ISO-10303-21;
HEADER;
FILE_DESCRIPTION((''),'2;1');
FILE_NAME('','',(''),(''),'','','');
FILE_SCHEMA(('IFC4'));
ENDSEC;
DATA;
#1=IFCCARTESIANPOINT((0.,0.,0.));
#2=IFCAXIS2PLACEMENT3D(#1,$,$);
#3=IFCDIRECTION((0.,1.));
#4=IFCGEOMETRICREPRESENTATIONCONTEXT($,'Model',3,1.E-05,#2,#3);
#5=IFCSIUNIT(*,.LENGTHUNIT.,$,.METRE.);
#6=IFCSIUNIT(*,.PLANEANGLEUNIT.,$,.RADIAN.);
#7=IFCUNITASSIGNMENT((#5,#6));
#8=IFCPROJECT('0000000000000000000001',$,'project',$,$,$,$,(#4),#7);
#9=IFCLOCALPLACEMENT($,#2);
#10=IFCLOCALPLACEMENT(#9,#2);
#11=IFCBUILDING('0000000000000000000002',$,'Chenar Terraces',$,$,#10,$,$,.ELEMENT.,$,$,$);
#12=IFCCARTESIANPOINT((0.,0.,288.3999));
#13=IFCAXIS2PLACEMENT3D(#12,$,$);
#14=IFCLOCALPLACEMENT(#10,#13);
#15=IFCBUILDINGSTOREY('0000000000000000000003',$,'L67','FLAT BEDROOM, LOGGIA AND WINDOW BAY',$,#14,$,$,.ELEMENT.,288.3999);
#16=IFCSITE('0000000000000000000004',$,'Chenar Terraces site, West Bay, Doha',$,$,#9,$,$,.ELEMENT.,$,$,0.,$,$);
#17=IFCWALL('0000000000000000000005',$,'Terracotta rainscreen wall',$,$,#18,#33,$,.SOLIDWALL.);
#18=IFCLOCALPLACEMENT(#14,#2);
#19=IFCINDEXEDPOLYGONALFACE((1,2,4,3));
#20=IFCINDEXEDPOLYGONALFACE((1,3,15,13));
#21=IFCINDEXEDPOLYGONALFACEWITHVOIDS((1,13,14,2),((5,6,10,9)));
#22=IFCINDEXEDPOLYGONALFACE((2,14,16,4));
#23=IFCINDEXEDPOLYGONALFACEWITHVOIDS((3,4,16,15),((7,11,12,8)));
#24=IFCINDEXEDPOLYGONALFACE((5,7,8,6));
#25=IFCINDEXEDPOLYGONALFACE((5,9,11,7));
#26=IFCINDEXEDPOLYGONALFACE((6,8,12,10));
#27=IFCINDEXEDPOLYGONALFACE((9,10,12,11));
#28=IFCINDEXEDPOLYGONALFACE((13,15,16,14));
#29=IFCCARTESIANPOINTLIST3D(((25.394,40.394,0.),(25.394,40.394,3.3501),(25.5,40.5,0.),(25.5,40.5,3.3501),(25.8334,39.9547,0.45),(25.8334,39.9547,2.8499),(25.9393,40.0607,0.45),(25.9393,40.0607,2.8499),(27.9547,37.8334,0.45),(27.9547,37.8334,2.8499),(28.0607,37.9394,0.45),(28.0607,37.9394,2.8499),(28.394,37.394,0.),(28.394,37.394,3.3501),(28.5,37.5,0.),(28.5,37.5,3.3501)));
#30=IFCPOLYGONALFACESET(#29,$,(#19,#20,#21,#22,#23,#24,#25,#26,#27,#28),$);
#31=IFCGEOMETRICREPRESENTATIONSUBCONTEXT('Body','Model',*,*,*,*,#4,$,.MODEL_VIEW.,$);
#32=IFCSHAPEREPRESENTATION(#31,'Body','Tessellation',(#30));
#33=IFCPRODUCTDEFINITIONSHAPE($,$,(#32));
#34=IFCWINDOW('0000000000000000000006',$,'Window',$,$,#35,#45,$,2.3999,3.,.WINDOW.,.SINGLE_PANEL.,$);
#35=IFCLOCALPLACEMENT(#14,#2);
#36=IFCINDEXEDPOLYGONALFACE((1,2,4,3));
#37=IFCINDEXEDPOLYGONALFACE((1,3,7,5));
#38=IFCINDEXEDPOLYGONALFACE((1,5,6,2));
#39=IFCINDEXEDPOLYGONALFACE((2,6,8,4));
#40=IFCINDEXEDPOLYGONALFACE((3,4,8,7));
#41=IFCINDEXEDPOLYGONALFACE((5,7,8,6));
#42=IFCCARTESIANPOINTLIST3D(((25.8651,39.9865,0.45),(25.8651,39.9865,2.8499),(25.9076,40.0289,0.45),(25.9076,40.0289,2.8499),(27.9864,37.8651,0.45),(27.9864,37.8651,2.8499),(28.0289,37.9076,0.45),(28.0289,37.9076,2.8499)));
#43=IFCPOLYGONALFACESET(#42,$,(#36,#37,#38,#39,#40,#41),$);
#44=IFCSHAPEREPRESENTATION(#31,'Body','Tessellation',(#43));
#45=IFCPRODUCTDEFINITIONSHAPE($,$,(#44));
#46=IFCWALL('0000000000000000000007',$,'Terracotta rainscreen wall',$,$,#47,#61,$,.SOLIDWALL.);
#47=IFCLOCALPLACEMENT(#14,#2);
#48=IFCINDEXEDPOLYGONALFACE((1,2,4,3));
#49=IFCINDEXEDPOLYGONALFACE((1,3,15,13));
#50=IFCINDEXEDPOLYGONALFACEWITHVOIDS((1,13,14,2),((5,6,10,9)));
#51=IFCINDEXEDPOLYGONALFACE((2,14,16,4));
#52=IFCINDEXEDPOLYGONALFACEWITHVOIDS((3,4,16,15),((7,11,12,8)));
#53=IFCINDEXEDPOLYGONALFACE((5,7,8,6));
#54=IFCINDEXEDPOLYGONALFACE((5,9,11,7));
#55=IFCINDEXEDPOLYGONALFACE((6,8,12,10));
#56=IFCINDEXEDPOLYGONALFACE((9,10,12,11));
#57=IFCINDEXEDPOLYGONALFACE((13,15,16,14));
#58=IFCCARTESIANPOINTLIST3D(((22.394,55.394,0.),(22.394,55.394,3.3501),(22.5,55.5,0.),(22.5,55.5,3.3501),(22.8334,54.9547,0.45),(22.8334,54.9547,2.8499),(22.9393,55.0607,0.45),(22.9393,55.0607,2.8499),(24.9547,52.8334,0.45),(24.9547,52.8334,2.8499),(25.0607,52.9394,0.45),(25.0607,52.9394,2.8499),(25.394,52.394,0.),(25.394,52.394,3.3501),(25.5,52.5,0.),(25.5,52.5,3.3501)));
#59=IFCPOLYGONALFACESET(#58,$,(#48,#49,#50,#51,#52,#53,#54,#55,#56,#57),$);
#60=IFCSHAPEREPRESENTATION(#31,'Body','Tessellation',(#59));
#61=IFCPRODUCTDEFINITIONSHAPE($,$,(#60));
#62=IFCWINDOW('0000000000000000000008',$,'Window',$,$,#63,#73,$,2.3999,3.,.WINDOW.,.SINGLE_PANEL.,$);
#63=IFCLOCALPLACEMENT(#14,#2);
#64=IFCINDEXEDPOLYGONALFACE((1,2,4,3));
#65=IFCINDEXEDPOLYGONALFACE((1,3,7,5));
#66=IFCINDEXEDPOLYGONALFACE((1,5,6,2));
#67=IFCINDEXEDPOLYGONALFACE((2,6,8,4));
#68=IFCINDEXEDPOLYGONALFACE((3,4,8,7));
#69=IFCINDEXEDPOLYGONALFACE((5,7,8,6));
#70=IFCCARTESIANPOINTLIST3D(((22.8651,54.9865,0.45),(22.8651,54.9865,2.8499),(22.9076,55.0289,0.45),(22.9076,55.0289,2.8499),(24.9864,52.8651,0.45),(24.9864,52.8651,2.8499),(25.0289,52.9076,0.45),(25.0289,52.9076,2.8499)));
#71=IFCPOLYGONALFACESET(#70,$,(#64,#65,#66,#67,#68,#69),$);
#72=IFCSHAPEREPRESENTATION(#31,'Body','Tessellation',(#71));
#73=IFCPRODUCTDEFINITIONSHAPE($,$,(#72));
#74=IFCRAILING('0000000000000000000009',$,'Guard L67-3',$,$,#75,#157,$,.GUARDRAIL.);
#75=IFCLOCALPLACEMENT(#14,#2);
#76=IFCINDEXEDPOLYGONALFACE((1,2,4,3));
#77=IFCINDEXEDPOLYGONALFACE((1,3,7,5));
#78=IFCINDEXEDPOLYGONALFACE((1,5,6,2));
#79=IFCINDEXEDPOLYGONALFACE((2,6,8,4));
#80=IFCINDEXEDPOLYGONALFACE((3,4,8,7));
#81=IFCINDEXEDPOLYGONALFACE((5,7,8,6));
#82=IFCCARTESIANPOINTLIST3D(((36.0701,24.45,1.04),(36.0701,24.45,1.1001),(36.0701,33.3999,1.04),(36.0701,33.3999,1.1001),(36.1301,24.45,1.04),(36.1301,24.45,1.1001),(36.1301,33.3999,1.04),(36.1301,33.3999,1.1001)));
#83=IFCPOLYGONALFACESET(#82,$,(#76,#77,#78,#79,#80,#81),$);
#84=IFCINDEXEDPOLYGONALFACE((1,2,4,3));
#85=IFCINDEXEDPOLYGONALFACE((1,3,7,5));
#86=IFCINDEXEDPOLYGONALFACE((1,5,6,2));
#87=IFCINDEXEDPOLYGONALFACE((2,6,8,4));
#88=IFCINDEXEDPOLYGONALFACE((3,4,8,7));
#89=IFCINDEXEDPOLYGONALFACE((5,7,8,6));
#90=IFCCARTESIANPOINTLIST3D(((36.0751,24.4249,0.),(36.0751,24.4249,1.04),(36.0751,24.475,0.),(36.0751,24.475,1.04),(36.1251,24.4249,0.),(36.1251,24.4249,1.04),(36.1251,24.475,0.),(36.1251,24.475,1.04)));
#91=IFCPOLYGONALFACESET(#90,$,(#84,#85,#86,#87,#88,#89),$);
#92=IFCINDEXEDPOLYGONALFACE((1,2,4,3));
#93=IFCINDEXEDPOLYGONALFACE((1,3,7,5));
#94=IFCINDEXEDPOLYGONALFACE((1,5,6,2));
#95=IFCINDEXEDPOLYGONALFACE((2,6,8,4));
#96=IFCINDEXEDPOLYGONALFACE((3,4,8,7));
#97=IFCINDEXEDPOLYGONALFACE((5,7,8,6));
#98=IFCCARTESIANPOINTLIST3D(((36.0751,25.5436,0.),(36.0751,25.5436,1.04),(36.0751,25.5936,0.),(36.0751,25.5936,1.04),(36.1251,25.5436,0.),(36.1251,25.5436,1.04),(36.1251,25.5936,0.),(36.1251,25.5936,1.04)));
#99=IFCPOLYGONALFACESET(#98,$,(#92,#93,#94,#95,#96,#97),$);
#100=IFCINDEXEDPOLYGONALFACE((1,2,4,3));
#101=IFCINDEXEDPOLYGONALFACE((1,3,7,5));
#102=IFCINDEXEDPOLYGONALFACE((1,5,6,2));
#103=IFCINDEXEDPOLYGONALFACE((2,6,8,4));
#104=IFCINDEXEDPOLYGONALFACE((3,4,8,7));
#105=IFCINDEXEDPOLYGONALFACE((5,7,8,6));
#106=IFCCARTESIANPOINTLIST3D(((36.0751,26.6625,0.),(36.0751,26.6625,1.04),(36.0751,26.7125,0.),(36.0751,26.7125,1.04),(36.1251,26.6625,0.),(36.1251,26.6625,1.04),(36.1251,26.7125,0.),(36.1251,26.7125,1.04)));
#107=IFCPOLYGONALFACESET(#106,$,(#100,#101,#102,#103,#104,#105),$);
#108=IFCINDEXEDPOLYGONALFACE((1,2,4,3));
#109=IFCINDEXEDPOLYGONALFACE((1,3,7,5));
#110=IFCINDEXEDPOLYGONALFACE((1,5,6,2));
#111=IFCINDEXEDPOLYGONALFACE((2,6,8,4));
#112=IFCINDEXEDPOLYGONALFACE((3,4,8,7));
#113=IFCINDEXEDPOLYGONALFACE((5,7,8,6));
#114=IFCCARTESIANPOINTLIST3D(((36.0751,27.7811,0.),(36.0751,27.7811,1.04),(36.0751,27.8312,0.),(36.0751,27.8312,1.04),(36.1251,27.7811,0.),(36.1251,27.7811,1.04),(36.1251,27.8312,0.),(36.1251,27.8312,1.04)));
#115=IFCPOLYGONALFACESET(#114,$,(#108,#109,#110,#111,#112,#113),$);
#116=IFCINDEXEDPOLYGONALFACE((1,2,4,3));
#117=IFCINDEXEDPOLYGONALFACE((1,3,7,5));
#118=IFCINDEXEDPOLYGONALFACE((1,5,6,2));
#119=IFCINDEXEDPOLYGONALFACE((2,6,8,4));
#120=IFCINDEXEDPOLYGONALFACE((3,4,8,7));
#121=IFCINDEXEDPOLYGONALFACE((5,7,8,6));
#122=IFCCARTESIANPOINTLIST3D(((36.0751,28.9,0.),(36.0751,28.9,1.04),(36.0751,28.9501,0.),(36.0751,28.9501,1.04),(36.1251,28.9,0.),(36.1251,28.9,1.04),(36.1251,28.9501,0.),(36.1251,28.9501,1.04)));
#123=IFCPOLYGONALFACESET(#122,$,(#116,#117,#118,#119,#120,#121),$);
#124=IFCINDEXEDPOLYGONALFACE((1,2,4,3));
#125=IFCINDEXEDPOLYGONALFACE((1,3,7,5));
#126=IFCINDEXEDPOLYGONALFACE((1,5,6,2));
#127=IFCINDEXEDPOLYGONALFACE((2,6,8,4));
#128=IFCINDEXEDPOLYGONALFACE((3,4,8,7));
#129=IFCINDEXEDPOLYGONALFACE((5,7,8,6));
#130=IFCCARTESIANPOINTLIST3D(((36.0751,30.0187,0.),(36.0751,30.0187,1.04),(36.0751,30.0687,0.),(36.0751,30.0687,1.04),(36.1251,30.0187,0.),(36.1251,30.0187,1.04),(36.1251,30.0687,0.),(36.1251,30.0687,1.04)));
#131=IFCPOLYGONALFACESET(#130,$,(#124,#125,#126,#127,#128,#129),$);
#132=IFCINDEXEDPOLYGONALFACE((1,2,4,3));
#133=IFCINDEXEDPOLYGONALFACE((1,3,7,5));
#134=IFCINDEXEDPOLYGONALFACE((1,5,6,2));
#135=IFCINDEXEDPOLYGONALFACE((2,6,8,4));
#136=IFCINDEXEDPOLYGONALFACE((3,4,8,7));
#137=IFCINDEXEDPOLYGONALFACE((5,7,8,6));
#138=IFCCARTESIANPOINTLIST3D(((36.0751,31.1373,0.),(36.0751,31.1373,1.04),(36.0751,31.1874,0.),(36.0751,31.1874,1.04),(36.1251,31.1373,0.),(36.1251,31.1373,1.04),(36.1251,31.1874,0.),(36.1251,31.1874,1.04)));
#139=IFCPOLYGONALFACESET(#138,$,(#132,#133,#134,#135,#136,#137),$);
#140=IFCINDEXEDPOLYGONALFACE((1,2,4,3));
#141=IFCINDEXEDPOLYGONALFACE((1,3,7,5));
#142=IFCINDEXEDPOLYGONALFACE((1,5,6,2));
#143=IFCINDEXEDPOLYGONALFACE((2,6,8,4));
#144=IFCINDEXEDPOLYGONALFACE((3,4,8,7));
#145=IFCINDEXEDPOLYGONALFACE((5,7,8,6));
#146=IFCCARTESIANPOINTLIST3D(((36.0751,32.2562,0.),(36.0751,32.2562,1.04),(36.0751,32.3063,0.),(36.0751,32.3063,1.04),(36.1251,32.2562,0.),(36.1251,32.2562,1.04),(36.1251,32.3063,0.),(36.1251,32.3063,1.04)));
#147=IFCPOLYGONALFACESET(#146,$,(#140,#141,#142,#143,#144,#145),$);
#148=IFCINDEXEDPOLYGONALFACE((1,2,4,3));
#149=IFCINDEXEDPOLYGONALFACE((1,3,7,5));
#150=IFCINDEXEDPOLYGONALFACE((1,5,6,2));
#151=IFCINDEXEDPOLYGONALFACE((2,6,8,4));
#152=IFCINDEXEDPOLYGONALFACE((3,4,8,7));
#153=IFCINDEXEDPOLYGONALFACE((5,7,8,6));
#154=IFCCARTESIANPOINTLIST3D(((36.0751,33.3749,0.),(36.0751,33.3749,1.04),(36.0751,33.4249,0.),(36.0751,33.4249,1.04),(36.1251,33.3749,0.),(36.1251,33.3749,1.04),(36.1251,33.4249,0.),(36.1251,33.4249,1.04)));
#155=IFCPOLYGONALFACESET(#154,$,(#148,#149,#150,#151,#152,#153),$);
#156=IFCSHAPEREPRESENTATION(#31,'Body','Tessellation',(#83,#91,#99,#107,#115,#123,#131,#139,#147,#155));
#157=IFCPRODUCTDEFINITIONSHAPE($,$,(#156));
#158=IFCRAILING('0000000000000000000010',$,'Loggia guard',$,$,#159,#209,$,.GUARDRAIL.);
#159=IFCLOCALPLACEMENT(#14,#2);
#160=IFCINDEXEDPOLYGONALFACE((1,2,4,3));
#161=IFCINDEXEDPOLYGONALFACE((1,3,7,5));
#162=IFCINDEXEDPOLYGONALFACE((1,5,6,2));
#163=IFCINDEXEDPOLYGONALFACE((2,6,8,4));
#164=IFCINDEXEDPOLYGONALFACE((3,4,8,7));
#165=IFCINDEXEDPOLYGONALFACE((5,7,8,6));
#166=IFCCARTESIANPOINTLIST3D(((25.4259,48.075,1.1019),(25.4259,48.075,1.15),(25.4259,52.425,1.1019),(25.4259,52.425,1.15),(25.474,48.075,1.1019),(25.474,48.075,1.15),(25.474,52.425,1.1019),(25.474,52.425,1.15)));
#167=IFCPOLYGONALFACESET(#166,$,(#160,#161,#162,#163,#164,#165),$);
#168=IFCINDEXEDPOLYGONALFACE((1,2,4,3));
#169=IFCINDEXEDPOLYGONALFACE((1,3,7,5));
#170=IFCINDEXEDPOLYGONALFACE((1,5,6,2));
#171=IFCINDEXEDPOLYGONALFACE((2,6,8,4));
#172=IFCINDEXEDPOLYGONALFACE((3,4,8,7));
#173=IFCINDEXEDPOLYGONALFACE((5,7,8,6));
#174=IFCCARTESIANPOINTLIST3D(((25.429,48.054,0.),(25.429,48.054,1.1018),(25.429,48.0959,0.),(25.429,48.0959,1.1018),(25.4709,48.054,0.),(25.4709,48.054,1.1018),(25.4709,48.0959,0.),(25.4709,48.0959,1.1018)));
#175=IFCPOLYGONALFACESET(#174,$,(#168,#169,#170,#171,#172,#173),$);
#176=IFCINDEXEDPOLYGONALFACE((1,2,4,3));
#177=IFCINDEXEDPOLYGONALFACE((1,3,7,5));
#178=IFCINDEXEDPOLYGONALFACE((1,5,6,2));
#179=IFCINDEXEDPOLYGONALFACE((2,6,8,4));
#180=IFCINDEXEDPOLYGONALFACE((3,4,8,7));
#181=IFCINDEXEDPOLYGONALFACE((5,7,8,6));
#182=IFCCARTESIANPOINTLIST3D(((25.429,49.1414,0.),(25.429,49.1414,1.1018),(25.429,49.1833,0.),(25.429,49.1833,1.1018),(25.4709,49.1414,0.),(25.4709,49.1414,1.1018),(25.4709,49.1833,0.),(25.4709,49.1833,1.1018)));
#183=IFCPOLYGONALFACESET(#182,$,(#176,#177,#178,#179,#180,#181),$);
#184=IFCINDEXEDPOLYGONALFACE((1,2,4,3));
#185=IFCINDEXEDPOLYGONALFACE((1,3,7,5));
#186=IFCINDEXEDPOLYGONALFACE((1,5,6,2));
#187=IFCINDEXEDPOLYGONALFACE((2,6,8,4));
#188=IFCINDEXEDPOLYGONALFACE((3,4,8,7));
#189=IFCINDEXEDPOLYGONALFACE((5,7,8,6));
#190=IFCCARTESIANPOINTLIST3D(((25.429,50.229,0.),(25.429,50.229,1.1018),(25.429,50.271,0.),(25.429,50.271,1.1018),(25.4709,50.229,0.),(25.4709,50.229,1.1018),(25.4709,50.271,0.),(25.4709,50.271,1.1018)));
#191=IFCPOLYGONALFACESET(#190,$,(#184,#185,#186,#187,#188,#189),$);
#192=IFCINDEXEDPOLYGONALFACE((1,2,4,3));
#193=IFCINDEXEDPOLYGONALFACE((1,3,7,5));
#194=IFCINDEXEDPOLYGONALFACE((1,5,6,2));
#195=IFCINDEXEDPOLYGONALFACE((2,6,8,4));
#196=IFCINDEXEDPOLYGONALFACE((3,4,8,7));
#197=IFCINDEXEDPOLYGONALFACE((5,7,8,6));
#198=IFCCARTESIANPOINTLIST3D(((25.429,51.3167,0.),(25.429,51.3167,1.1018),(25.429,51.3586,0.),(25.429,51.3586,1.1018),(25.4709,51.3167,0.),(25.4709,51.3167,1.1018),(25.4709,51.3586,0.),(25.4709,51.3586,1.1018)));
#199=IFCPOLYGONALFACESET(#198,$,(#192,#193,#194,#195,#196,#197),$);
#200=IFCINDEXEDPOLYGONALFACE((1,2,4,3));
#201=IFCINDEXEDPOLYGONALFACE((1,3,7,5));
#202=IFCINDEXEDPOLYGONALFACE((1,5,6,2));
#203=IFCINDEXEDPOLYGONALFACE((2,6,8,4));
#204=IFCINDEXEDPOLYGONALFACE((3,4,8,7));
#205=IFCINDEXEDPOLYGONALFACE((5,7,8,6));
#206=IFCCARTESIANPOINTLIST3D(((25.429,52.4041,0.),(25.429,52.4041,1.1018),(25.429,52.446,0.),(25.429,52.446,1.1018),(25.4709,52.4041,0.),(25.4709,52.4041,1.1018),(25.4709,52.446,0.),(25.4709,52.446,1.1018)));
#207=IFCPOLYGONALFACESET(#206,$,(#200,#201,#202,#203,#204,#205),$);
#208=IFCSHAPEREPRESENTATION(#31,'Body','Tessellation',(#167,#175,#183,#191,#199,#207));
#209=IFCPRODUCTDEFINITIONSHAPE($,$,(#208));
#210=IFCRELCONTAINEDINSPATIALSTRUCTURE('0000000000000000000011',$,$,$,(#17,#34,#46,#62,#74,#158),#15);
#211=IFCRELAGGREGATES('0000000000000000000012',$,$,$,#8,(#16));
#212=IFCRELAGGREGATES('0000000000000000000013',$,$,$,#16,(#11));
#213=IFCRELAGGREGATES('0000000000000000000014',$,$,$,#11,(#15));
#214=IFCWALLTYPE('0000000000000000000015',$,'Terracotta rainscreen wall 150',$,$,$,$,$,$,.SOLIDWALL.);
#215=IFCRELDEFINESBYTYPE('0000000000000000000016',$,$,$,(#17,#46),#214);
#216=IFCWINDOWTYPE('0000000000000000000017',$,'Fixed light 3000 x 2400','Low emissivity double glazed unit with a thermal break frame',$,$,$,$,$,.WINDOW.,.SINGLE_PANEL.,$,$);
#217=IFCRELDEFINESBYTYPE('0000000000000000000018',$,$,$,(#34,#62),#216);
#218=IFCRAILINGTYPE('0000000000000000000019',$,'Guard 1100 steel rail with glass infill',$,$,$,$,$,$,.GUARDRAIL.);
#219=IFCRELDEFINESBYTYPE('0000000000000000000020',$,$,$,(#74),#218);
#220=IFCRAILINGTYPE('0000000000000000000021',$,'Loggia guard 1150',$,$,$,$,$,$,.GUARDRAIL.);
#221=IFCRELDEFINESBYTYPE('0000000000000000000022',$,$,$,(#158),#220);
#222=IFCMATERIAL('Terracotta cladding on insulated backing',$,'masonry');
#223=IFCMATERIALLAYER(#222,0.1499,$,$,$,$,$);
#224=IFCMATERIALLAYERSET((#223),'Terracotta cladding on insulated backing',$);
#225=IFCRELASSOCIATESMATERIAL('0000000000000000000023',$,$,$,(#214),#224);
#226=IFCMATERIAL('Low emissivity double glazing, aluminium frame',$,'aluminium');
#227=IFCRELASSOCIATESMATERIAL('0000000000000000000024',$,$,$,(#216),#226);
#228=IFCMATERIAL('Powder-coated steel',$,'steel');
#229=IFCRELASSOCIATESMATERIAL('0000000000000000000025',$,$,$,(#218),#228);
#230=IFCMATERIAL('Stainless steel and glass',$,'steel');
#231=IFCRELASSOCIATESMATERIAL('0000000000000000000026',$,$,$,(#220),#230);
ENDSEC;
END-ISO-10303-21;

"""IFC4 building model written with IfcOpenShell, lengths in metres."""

from ifc_helpers import new_model, si_unit, direction, frame, frame_2d, origin, origin_2d, place, context, subcontext, project, spatial, rectangle, extrude, material, layer, layer_set, type_object, element, fill, save


model = new_model("IFC4")

# Units and contexts
model_context = context("Model", 3, precision=1e-05, world=origin(), true_north=direction((0.0, 1.0)))
body_context = subcontext(model_context, "Body", "Model", "MODEL_VIEW")
ifc_project = project(units=[si_unit("LENGTHUNIT", "METRE"), si_unit("PLANEANGLEUNIT", "RADIAN")], contexts=[model_context])

# Site, building, storey
site_placement = place(None, origin())
site = spatial("IfcSite", under=ifc_project, at=site_placement, Name="Chenar Terraces site, West Bay, Doha", CompositionType="ELEMENT", RefElevation=0.0)
building_placement = place(site_placement, origin())
building = spatial("IfcBuilding", under=site, at=building_placement, Name="Chenar Terraces", CompositionType="ELEMENT")
storey_placement = place(building_placement, frame((0.0, 0.0, 288.3999)))
storey = spatial("IfcBuildingStorey", under=building, at=storey_placement, Name="L67", Description="FLAT BEDROOM, LOGGIA AND WINDOW BAY", CompositionType="ELEMENT", Elevation=288.3999)

# Walls, openings, windows
ifc_material_1 = material(Name="Terracotta cladding on insulated backing", Category="masonry")
ifc_layer_1 = layer(ifc_material_1, 0.1499)
ifc_layer_set_1 = layer_set([ifc_layer_1], Name="Terracotta cladding on insulated backing")
wall_type_1 = type_object("IfcWallType", Name="Terracotta rainscreen wall 150", PredefinedType="SOLIDWALL", material=ifc_layer_set_1)
wall_1_placement = place(storey_placement, frame((28.447, 37.447, 0.0), z_axis=(0.0, 0.0, 1.0), x_axis=(-0.707107, 0.707107, 0.0)))
wall_1 = element("IfcWall", 1, at=wall_1_placement, inside=storey, type_object=wall_type_1, Name="Terracotta rainscreen wall", PredefinedType="SOLIDWALL", context=body_context, shape_type="SweptSolid", body=[
    extrude(rectangle(XDim=4.2427, YDim=0.1499, at=frame_2d((2.1213, 0.0))), origin(), (0.0, 0.0, 1.0), 3.3501),
])
opening_1_placement = place(wall_1_placement, frame((0.6213, 0.0, 0.45)))
opening_1 = element("IfcOpeningElement", 2, at=opening_1_placement, cuts=wall_1, PredefinedType="OPENING", context=body_context, shape_type="SweptSolid", body=[
    extrude(rectangle(XDim=3.0, YDim=2.3999, at=frame_2d((1.5, 1.2))), frame((0.0, 0.085, 0.0), z_axis=(0.0, -1.0, 0.0), x_axis=(1.0, 0.0, 0.0)), (0.0, 0.0, 1.0), 0.1699),
])
ifc_material_2 = material(Name="Low emissivity double glazing, aluminium frame", Category="aluminium")
window_type = type_object("IfcWindowType", Name="Fixed light 3000 x 2400", Description="Low emissivity double glazed unit with a thermal break frame", PartitioningType="SINGLE_PANEL", PredefinedType="WINDOW", material=ifc_material_2)
window_1_placement = place(opening_1_placement, origin())
window_1 = element("IfcWindow", 3, at=window_1_placement, inside=storey, type_object=window_type, Name="Window", OverallHeight=2.3999, OverallWidth=3.0, PartitioningType="SINGLE_PANEL", PredefinedType="WINDOW", context=body_context, shape_type="SweptSolid", body=[
    extrude(rectangle(XDim=3.0, YDim=2.3999, at=frame_2d((1.5, 1.2))), frame((0.0, 0.03, 0.0), z_axis=(0.0, -1.0, 0.0), x_axis=(1.0, 0.0, 0.0)), (0.0, 0.0, 1.0), 0.0601),
])
fill(opening_1, window_1)
wall_2_placement = place(storey_placement, frame((25.447, 52.447, 0.0), z_axis=(0.0, 0.0, 1.0), x_axis=(-0.707107, 0.707107, 0.0)))
wall_2 = element("IfcWall", 4, at=wall_2_placement, inside=storey, type_object=wall_type_1, Name="Terracotta rainscreen wall", PredefinedType="SOLIDWALL", context=body_context, shape_type="SweptSolid", body=[
    extrude(rectangle(XDim=4.2427, YDim=0.1499, at=frame_2d((2.1213, 0.0))), origin(), (0.0, 0.0, 1.0), 3.3501),
])
opening_2_placement = place(wall_2_placement, frame((0.6213, 0.0, 0.45)))
opening_2 = element("IfcOpeningElement", 5, at=opening_2_placement, cuts=wall_2, PredefinedType="OPENING", context=body_context, shape_type="SweptSolid", body=[
    extrude(rectangle(XDim=3.0, YDim=2.3999, at=frame_2d((1.5, 1.2))), frame((0.0, 0.085, 0.0), z_axis=(0.0, -1.0, 0.0), x_axis=(1.0, 0.0, 0.0)), (0.0, 0.0, 1.0), 0.1699),
])
window_2_placement = place(opening_2_placement, origin())
window_2 = element("IfcWindow", 6, at=window_2_placement, inside=storey, type_object=window_type, Name="Window", OverallHeight=2.3999, OverallWidth=3.0, PartitioningType="SINGLE_PANEL", PredefinedType="WINDOW", context=body_context, shape_type="SweptSolid", body=[
    extrude(rectangle(XDim=3.0, YDim=2.3999, at=frame_2d((1.5, 1.2))), frame((0.0, 0.03, 0.0), z_axis=(0.0, -1.0, 0.0), x_axis=(1.0, 0.0, 0.0)), (0.0, 0.0, 1.0), 0.0601),
])
fill(opening_2, window_2)

# Railings
ifc_material_3 = material(Name="Powder-coated steel", Category="steel")
railing_type_1 = type_object("IfcRailingType", Name="Guard 1100 steel rail with glass infill", PredefinedType="GUARDRAIL", material=ifc_material_3)
railing_1_placement = place(storey_placement, frame((36.1001, 24.45, 0.0)))
element("IfcRailing", 7, at=railing_1_placement, inside=storey, type_object=railing_type_1, Name="Guard L67-3", PredefinedType="GUARDRAIL", context=body_context, shape_type="SweptSolid", body=[
    extrude(rectangle(XDim=0.0601, YDim=0.0601, at=origin_2d()), frame((0.0, 0.0, 1.0701), z_axis=(0.0, 1.0, 0.0), x_axis=(-1.0, 0.0, 0.0)), (0.0, 0.0, 1.0), 8.95),
    extrude(rectangle(XDim=0.05, YDim=0.05, at=origin_2d()), origin(), (0.0, 0.0, 1.0), 1.04),
    extrude(rectangle(XDim=0.05, YDim=0.05, at=origin_2d()), frame((0.0, 1.1187, 0.0)), (0.0, 0.0, 1.0), 1.04),
    extrude(rectangle(XDim=0.05, YDim=0.05, at=origin_2d()), frame((0.0, 2.2375, 0.0)), (0.0, 0.0, 1.0), 1.04),
    extrude(rectangle(XDim=0.05, YDim=0.05, at=origin_2d()), frame((0.0, 3.3562, 0.0)), (0.0, 0.0, 1.0), 1.04),
    extrude(rectangle(XDim=0.05, YDim=0.05, at=origin_2d()), frame((0.0, 4.4751, 0.0)), (0.0, 0.0, 1.0), 1.04),
    extrude(rectangle(XDim=0.05, YDim=0.05, at=origin_2d()), frame((0.0, 5.5938, 0.0)), (0.0, 0.0, 1.0), 1.04),
    extrude(rectangle(XDim=0.05, YDim=0.05, at=origin_2d()), frame((0.0, 6.7124, 0.0)), (0.0, 0.0, 1.0), 1.04),
    extrude(rectangle(XDim=0.05, YDim=0.05, at=origin_2d()), frame((0.0, 7.8313, 0.0)), (0.0, 0.0, 1.0), 1.04),
    extrude(rectangle(XDim=0.05, YDim=0.05, at=origin_2d()), frame((0.0, 8.95, 0.0)), (0.0, 0.0, 1.0), 1.04),
])
ifc_material_4 = material(Name="Stainless steel and glass", Category="steel")
railing_type_2 = type_object("IfcRailingType", Name="Loggia guard 1150", PredefinedType="GUARDRAIL", material=ifc_material_4)
railing_2_placement = place(storey_placement, frame((25.45, 48.075, 0.0)))
element("IfcRailing", 8, at=railing_2_placement, inside=storey, type_object=railing_type_2, Name="Loggia guard", PredefinedType="GUARDRAIL", context=body_context, shape_type="SweptSolid", body=[
    extrude(rectangle(XDim=0.0481, YDim=0.0481, at=origin_2d()), frame((0.0, 0.0, 1.126), z_axis=(0.0, 1.0, 0.0), x_axis=(-1.0, 0.0, 0.0)), (0.0, 0.0, 1.0), 4.3501),
    extrude(rectangle(XDim=0.042, YDim=0.042, at=origin_2d()), origin(), (0.0, 0.0, 1.0), 1.1018),
    extrude(rectangle(XDim=0.042, YDim=0.042, at=origin_2d()), frame((0.0, 1.0874, 0.0)), (0.0, 0.0, 1.0), 1.1018),
    extrude(rectangle(XDim=0.042, YDim=0.042, at=origin_2d()), frame((0.0, 2.175, 0.0)), (0.0, 0.0, 1.0), 1.1018),
    extrude(rectangle(XDim=0.042, YDim=0.042, at=origin_2d()), frame((0.0, 3.2627, 0.0)), (0.0, 0.0, 1.0), 1.1018),
    extrude(rectangle(XDim=0.042, YDim=0.042, at=origin_2d()), frame((0.0, 4.3501, 0.0)), (0.0, 0.0, 1.0), 1.1018),
])

save(model, "model.ifc")
